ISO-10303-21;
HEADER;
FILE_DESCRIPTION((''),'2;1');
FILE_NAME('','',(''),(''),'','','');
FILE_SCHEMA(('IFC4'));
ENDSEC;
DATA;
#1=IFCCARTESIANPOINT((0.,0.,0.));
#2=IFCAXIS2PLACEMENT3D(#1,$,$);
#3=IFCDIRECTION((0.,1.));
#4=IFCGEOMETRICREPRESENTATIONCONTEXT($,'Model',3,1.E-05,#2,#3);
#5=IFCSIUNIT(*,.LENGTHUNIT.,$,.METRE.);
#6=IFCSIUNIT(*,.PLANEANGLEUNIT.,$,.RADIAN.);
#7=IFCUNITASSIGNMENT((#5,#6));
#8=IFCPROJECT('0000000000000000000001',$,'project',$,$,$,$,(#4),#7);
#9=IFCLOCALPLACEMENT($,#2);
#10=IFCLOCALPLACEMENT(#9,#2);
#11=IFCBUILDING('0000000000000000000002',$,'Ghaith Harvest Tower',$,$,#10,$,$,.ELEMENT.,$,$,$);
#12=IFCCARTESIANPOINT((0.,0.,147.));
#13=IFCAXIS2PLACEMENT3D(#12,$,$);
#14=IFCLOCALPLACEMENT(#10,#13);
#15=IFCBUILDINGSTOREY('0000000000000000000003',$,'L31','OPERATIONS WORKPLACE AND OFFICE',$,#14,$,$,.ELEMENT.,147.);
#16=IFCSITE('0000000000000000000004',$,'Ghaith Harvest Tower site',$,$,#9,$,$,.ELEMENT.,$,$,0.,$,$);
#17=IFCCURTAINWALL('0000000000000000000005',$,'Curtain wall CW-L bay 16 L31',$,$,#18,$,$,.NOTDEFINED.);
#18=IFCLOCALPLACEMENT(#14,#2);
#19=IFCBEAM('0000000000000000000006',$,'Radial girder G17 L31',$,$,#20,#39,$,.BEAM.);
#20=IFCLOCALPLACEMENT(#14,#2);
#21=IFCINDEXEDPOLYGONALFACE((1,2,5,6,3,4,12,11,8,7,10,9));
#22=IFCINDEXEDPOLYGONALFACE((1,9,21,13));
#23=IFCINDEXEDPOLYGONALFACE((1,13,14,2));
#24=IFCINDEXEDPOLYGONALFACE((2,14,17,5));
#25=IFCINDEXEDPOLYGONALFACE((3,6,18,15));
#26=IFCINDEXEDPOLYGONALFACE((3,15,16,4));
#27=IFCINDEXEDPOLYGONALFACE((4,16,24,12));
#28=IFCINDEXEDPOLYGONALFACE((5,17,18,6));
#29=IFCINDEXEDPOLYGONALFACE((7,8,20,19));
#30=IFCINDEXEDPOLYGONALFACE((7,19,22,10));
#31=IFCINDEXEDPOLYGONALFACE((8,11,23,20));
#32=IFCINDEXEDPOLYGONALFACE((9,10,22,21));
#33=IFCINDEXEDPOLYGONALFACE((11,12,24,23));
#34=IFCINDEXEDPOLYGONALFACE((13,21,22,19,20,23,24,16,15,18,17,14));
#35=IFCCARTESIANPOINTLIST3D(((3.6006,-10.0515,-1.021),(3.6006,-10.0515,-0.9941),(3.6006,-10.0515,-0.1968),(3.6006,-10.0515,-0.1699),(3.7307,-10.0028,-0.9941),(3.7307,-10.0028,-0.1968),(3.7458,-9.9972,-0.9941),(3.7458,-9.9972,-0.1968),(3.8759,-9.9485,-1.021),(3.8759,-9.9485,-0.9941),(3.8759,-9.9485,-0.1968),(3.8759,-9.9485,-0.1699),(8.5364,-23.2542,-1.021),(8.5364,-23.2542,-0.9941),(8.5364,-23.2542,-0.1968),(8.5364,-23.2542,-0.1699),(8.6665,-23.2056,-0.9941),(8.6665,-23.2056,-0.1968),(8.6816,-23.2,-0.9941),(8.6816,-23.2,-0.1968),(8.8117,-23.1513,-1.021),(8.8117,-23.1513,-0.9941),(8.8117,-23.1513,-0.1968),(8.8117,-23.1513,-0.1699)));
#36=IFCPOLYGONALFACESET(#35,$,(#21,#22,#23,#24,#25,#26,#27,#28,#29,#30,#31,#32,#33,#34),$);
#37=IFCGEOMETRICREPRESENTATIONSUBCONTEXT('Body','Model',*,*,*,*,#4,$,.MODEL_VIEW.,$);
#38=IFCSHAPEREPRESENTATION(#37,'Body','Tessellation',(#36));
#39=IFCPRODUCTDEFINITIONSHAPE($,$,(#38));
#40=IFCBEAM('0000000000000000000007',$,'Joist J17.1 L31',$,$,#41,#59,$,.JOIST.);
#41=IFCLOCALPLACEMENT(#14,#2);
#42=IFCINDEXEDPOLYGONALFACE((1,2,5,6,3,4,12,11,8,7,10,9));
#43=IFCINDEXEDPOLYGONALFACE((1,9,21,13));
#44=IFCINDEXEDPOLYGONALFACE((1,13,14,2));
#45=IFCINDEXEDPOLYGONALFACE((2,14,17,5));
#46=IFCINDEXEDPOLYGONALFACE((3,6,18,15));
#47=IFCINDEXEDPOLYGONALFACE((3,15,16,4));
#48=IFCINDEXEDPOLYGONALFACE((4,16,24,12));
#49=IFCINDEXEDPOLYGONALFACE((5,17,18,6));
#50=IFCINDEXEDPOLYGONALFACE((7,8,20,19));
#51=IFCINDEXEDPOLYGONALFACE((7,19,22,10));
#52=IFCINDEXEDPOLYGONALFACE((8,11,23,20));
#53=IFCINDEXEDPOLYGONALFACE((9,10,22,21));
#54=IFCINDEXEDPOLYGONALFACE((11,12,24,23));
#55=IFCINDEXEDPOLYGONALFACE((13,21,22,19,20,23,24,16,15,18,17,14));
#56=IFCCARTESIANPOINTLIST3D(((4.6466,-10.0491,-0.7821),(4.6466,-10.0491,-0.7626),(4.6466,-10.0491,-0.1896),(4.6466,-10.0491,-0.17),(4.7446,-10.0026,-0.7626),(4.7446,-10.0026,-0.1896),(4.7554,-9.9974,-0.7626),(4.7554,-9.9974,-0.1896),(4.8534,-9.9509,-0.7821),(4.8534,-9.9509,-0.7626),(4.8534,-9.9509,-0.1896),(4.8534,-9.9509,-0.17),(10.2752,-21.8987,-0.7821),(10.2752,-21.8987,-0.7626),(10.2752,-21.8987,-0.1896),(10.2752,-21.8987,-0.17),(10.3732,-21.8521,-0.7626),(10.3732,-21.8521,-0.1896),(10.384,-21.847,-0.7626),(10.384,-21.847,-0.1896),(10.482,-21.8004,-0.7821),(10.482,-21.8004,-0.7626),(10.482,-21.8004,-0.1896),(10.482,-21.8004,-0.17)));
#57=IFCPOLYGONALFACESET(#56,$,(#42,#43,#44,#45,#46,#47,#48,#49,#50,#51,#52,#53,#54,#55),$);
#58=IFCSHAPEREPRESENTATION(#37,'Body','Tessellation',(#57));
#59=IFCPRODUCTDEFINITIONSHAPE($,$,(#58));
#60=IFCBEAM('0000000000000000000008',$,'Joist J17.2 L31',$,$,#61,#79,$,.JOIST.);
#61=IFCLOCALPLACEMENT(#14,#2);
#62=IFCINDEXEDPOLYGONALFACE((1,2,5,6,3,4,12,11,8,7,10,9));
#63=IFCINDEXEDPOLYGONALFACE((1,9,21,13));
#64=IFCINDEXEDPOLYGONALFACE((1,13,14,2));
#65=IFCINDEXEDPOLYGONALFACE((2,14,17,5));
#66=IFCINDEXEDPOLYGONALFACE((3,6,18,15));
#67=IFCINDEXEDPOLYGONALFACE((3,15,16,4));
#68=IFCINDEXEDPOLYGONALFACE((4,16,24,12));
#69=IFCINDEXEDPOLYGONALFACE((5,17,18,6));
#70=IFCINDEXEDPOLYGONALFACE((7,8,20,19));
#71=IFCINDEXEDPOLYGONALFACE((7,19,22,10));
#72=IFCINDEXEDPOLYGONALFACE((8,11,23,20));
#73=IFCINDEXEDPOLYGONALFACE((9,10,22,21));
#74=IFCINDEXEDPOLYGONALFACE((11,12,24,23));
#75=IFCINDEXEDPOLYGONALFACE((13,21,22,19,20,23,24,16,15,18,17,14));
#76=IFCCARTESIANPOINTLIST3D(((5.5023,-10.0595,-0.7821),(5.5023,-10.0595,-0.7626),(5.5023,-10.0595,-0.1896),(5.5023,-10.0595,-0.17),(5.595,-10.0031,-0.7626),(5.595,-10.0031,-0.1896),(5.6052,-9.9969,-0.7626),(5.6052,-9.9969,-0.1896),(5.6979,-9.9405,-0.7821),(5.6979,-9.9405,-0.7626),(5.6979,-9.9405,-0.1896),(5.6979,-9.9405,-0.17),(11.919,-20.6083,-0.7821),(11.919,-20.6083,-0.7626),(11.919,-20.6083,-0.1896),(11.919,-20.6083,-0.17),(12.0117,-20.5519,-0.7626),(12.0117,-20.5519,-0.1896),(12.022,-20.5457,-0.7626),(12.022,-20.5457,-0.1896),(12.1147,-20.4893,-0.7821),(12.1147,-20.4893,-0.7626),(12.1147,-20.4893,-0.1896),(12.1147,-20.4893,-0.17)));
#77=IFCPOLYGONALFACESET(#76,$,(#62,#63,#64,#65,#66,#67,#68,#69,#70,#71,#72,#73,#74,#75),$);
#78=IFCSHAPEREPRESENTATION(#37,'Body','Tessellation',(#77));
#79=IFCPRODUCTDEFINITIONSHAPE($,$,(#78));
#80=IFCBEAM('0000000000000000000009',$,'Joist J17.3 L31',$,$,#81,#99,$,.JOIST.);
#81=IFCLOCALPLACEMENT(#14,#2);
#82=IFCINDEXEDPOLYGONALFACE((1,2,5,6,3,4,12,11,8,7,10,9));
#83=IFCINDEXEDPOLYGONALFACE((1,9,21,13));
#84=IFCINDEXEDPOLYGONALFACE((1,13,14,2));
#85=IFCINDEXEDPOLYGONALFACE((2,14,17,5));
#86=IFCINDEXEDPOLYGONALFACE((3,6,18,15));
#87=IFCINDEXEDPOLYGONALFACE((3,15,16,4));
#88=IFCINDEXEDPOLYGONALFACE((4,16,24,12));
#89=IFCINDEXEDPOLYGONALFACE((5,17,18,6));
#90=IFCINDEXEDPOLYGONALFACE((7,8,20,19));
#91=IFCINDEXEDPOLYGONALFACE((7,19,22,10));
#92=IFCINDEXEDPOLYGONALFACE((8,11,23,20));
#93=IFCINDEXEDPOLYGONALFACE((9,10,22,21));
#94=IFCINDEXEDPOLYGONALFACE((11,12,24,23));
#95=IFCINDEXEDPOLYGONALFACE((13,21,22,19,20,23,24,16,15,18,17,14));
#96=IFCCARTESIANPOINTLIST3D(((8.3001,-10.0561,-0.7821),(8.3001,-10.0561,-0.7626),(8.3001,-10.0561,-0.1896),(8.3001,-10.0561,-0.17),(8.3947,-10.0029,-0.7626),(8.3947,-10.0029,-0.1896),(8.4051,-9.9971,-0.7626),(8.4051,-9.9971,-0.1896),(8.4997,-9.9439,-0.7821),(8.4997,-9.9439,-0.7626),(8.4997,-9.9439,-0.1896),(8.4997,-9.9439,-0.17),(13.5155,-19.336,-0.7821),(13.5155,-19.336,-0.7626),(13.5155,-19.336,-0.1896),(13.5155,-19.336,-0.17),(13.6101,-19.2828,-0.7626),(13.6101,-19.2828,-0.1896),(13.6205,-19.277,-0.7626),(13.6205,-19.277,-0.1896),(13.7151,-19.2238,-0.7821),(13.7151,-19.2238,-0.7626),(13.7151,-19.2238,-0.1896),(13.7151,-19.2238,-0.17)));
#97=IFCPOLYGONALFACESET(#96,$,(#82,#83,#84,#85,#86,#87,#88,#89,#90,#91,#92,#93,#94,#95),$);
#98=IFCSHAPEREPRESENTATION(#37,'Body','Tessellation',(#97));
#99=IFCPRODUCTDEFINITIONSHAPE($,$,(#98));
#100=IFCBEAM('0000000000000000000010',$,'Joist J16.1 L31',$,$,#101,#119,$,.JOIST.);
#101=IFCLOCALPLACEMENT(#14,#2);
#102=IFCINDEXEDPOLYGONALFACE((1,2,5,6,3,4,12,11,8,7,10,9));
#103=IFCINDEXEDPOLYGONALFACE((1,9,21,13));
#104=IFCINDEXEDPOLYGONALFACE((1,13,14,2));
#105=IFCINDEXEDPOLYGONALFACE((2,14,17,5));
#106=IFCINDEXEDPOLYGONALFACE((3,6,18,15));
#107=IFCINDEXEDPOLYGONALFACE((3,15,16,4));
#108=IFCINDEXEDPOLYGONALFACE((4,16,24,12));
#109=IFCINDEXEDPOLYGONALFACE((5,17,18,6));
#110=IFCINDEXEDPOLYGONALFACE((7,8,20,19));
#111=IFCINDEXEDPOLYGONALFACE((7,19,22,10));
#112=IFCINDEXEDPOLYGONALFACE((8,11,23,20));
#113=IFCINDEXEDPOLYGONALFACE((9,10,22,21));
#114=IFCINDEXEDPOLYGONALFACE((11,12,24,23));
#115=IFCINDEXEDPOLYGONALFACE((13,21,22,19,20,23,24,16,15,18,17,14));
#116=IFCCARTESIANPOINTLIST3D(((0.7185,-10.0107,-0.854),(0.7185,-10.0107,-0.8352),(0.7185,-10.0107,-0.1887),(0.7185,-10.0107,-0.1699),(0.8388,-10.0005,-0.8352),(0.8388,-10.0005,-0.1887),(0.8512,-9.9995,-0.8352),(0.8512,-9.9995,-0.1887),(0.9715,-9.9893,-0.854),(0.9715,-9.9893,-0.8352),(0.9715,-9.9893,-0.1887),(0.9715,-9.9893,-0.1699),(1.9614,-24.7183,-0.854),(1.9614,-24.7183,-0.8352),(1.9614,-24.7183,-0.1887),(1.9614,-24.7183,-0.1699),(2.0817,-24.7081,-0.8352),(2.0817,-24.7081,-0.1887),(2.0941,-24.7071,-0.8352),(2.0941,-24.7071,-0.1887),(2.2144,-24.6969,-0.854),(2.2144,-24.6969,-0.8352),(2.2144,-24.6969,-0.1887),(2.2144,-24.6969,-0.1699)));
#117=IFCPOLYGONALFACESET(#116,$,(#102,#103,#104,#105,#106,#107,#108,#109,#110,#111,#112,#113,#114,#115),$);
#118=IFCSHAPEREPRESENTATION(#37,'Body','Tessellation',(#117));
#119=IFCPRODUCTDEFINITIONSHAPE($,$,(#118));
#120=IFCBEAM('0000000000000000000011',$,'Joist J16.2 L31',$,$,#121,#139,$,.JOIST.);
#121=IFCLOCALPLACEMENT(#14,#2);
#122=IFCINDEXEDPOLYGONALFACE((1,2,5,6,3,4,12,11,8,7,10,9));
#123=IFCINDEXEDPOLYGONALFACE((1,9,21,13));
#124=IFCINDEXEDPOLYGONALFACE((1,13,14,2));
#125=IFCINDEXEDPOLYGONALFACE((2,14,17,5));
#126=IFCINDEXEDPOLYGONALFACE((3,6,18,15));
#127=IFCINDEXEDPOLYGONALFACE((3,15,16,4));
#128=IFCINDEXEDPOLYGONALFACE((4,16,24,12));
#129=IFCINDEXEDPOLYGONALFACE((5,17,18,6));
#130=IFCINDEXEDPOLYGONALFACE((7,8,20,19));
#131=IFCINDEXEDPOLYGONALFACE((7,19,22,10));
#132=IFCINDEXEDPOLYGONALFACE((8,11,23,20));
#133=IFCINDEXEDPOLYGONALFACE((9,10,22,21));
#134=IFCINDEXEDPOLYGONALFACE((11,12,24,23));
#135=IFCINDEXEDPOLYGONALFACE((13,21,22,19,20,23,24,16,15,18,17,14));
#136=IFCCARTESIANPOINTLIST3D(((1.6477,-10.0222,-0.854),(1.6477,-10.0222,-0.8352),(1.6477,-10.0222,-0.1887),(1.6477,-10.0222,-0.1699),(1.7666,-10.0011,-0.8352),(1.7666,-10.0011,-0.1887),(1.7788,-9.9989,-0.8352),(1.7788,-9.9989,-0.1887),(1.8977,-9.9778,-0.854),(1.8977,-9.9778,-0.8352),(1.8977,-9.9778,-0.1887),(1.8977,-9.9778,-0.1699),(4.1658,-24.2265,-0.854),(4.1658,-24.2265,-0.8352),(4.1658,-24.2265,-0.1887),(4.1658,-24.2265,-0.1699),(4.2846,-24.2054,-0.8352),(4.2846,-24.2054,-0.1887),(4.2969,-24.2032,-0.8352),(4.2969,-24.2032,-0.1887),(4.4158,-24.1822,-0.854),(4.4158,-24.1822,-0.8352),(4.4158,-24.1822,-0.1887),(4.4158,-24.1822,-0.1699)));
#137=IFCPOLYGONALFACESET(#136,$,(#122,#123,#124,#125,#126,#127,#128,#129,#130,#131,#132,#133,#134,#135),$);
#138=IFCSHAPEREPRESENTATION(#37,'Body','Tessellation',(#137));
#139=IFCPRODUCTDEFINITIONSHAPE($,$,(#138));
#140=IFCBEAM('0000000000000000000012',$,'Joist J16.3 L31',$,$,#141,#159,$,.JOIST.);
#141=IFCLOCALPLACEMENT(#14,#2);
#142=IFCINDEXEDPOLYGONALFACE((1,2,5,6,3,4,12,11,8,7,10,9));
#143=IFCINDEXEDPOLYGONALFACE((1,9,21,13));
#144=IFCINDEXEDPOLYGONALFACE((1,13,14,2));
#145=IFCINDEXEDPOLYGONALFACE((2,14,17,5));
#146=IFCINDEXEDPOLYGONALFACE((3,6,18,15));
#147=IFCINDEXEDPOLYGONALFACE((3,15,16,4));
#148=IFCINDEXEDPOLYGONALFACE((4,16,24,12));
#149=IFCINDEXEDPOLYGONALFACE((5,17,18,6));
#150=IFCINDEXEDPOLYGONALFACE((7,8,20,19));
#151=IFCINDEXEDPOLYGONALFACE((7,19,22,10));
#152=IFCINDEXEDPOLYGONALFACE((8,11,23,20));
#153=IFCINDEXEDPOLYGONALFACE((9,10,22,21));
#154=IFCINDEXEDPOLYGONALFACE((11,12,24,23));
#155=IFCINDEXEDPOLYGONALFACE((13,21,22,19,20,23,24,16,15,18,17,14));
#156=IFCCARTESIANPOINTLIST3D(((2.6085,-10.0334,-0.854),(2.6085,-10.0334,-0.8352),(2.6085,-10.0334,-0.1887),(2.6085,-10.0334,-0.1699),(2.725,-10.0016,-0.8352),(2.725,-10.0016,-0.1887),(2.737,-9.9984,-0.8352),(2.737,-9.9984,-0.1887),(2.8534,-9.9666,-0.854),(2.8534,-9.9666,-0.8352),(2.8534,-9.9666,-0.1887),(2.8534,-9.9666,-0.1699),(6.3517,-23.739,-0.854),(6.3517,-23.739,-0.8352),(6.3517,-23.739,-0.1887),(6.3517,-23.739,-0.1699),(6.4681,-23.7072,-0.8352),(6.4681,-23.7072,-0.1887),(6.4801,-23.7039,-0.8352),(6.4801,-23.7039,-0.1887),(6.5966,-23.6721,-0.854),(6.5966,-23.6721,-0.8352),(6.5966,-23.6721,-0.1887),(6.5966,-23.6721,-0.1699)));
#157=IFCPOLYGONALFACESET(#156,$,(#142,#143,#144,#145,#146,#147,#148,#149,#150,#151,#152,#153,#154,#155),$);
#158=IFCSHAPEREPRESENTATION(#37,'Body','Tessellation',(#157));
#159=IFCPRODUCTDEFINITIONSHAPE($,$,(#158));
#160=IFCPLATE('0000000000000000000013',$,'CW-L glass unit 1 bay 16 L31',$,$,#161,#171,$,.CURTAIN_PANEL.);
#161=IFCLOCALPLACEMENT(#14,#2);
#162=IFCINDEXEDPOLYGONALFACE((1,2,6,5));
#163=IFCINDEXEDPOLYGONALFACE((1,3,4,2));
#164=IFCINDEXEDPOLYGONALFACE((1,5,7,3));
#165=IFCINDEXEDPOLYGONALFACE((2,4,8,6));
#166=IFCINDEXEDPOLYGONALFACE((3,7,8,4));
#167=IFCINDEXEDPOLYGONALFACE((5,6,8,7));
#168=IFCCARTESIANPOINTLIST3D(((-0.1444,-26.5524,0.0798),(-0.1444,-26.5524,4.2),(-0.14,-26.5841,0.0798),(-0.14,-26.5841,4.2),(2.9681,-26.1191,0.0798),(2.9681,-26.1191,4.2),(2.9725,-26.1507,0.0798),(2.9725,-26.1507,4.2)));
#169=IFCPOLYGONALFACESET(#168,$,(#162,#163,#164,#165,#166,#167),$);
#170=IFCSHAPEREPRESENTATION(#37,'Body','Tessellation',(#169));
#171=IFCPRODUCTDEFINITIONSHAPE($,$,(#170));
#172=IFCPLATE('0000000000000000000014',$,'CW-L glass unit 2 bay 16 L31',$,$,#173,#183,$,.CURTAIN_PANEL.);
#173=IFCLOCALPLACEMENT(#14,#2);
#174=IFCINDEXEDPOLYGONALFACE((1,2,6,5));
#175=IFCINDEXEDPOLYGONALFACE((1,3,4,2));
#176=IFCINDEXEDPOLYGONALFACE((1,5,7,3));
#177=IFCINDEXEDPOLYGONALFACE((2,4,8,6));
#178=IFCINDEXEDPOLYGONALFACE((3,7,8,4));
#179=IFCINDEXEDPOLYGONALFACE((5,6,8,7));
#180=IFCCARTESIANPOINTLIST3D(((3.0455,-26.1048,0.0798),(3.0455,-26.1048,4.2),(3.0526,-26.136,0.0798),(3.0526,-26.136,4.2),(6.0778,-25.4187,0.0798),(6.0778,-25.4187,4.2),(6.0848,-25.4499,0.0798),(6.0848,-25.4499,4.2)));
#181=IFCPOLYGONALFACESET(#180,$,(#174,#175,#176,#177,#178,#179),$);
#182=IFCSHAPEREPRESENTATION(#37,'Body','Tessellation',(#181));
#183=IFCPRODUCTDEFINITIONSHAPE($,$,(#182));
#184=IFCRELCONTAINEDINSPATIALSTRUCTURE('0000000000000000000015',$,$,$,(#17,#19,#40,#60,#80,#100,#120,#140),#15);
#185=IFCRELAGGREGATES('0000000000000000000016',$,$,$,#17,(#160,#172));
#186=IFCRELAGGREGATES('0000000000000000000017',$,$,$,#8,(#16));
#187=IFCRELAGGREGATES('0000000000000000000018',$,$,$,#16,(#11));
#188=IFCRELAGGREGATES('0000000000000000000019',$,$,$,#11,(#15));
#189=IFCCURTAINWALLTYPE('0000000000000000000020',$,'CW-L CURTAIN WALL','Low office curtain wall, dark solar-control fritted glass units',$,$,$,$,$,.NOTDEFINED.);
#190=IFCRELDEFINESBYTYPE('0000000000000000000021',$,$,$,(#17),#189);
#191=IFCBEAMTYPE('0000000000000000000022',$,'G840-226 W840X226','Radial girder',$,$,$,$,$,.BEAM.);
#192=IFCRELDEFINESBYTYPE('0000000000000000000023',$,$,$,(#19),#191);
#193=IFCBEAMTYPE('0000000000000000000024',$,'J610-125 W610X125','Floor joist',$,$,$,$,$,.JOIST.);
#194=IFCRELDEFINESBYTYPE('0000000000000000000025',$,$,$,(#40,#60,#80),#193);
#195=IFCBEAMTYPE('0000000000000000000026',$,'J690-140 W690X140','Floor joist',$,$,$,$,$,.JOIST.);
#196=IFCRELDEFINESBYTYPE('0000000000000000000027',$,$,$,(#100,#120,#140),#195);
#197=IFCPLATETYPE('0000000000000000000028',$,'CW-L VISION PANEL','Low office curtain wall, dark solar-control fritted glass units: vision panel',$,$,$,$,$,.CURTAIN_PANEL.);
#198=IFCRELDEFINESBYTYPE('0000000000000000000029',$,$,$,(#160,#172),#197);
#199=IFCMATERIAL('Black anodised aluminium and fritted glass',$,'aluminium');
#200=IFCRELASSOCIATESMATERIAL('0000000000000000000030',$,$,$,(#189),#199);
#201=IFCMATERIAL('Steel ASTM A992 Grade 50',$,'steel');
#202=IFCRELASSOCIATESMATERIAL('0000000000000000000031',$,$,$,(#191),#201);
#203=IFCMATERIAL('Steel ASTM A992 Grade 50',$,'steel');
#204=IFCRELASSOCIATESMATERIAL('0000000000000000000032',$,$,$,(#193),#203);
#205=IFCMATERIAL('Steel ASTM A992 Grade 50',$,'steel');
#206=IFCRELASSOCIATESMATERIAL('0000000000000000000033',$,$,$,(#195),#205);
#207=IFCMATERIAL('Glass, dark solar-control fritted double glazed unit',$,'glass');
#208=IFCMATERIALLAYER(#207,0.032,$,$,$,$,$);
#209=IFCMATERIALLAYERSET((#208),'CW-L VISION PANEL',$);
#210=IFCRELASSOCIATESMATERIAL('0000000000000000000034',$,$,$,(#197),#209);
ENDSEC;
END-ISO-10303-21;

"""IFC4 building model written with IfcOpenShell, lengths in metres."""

from ifc_helpers import new_model, si_unit, direction, frame, origin, origin_2d, place, context, subcontext, project, spatial, rectangle, i_section, extrude, material, layer, layer_set, material_profile, profile_set, type_object, element, aggregate, save


model = new_model("IFC4")

# Units and contexts
model_context = context("Model", 3, precision=1e-05, world=origin(), true_north=direction((0.0, 1.0)))
body_context = subcontext(model_context, "Body", "Model", "MODEL_VIEW")
ifc_project = project(units=[si_unit("LENGTHUNIT", "METRE"), si_unit("PLANEANGLEUNIT", "RADIAN")], contexts=[model_context])

# Site, building, storey
site_placement = place(None, origin())
site = spatial("IfcSite", under=ifc_project, at=site_placement, Name="Ghaith Harvest Tower site", CompositionType="ELEMENT", RefElevation=0.0)
building_placement = place(site_placement, origin())
building = spatial("IfcBuilding", under=site, at=building_placement, Name="Ghaith Harvest Tower", CompositionType="ELEMENT")
storey_placement = place(building_placement, frame((0.0, 0.0, 147.0)))
storey = spatial("IfcBuildingStorey", under=building, at=storey_placement, Name="L31", Description="OPERATIONS WORKPLACE AND OFFICE", CompositionType="ELEMENT", Elevation=147.0)

# Curtain wall
ifc_material_1 = material(Name="Black anodised aluminium and fritted glass", Category="aluminium")
curtain_wall_type = type_object("IfcCurtainWallType", Name="CW-L CURTAIN WALL", Description="Low office curtain wall, dark solar-control fritted glass units", PredefinedType="NOTDEFINED", material=ifc_material_1)
curtain_wall_1_placement = place(storey_placement, origin())
curtain_wall_1 = element("IfcCurtainWall", 1, at=curtain_wall_1_placement, inside=storey, type_object=curtain_wall_type, Name="Curtain wall CW-L bay 16 L31", PredefinedType="NOTDEFINED")

# Beams
ifc_material_2 = material(Name="Steel ASTM A992 Grade 50", Category="steel")
ifc_material_profile_1 = material_profile(ifc_material_2, i_section(OverallWidth=0.2939, OverallDepth=0.8511, WebThickness=0.0161, FlangeThickness=0.0269, at=origin_2d()), Name="W840X226")
ifc_profile_set_1 = profile_set([ifc_material_profile_1], Name="Steel ASTM A992 Grade 50")
beam_type_1 = type_object("IfcBeamType", Name="G840-226 W840X226", Description="Radial girder", PredefinedType="BEAM", material=ifc_profile_set_1)
beam_1_placement = place(storey_placement, frame((3.7383, -10.0, -0.5955), z_axis=(0.350172, -0.936685, 0.0), x_axis=(0.936685, 0.350172, 0.0)))
element("IfcBeam", 2, at=beam_1_placement, inside=storey, type_object=beam_type_1, Name="Radial girder G17 L31", PredefinedType="BEAM", context=body_context, shape_type="SweptSolid", body=[
    extrude(i_section(OverallWidth=0.2939, OverallDepth=0.8511, WebThickness=0.0161, FlangeThickness=0.0269, at=origin_2d()), origin(), (0.0, 0.0, 1.0), 14.0952),
])
ifc_material_3 = material(Name="Steel ASTM A992 Grade 50", Category="steel")
ifc_material_profile_2 = material_profile(ifc_material_3, i_section(OverallWidth=0.229, OverallDepth=0.6121, WebThickness=0.012, FlangeThickness=0.0195, at=origin_2d()), Name="W610X125")
ifc_profile_set_2 = profile_set([ifc_material_profile_2], Name="Steel ASTM A992 Grade 50")
beam_type_2 = type_object("IfcBeamType", Name="J610-125 W610X125", Description="Floor joist", PredefinedType="JOIST", material=ifc_profile_set_2)
beam_2_placement = place(storey_placement, frame((4.75, -10.0, -0.4761), z_axis=(0.429063, -0.903275, 0.0), x_axis=(0.903275, 0.429063, 0.0)))
element("IfcBeam", 3, at=beam_2_placement, inside=storey, type_object=beam_type_2, Name="Joist J17.1 L31", PredefinedType="JOIST", context=body_context, shape_type="SweptSolid", body=[
    extrude(i_section(OverallWidth=0.229, OverallDepth=0.6121, WebThickness=0.012, FlangeThickness=0.0195, at=origin_2d()), origin(), (0.0, 0.0, 1.0), 13.1184),
])
beam_3_placement = place(storey_placement, frame((5.6001, -10.0, -0.4761), z_axis=(0.519694, -0.854352, 0.0), x_axis=(0.854352, 0.519694, 0.0)))
element("IfcBeam", 4, at=beam_3_placement, inside=storey, type_object=beam_type_2, Name="Joist J17.2 L31", PredefinedType="JOIST", context=body_context, shape_type="SweptSolid", body=[
    extrude(i_section(OverallWidth=0.229, OverallDepth=0.6121, WebThickness=0.012, FlangeThickness=0.0195, at=origin_2d()), origin(), (0.0, 0.0, 1.0), 12.3472),
])
beam_4_placement = place(storey_placement, frame((8.3999, -10.0, -0.4761), z_axis=(0.489937, -0.871758, 0.0), x_axis=(0.871758, 0.489937, 0.0)))
element("IfcBeam", 5, at=beam_4_placement, inside=storey, type_object=beam_type_2, Name="Joist J17.3 L31", PredefinedType="JOIST", context=body_context, shape_type="SweptSolid", body=[
    extrude(i_section(OverallWidth=0.229, OverallDepth=0.6121, WebThickness=0.012, FlangeThickness=0.0195, at=origin_2d()), origin(), (0.0, 0.0, 1.0), 10.645),
])
ifc_material_4 = material(Name="Steel ASTM A992 Grade 50", Category="steel")
ifc_material_profile_3 = material_profile(ifc_material_4, i_section(OverallWidth=0.2539, OverallDepth=0.6841, WebThickness=0.0125, FlangeThickness=0.0188, at=origin_2d()), Name="W690X140")
ifc_profile_set_3 = profile_set([ifc_material_profile_3], Name="Steel ASTM A992 Grade 50")
beam_type_3 = type_object("IfcBeamType", Name="J690-140 W690X140", Description="Floor joist", PredefinedType="JOIST", material=ifc_profile_set_3)
beam_5_placement = place(storey_placement, frame((0.845, -10.0, -0.512), z_axis=(0.084209, -0.996448, 0.0), x_axis=(0.996448, 0.084209, 0.0)))
element("IfcBeam", 6, at=beam_5_placement, inside=storey, type_object=beam_type_3, Name="Joist J16.1 L31", PredefinedType="JOIST", context=body_context, shape_type="SweptSolid", body=[
    extrude(i_section(OverallWidth=0.2539, OverallDepth=0.6841, WebThickness=0.0125, FlangeThickness=0.0188, at=origin_2d()), origin(), (0.0, 0.0, 1.0), 14.76),
])
beam_6_placement = place(storey_placement, frame((1.7727, -10.0, -0.512), z_axis=(0.174553, -0.984648, 0.0), x_axis=(0.984648, 0.174553, 0.0)))
element("IfcBeam", 7, at=beam_6_placement, inside=storey, type_object=beam_type_3, Name="Joist J16.2 L31", PredefinedType="JOIST", context=body_context, shape_type="SweptSolid", body=[
    extrude(i_section(OverallWidth=0.2539, OverallDepth=0.6841, WebThickness=0.0125, FlangeThickness=0.0188, at=origin_2d()), origin(), (0.0, 0.0, 1.0), 14.4258),
])
beam_7_placement = place(storey_placement, frame((2.731, -10.0, -0.512), z_axis=(0.263463, -0.964669, 0.0), x_axis=(0.964669, 0.263463, 0.0)))
element("IfcBeam", 8, at=beam_7_placement, inside=storey, type_object=beam_type_3, Name="Joist J16.3 L31", PredefinedType="JOIST", context=body_context, shape_type="SweptSolid", body=[
    extrude(i_section(OverallWidth=0.2539, OverallDepth=0.6841, WebThickness=0.0125, FlangeThickness=0.0188, at=origin_2d()), origin(), (0.0, 0.0, 1.0), 14.2075),
])

# Plates
ifc_material_5 = material(Name="Glass, dark solar-control fritted double glazed unit", Category="glass")
ifc_layer_1 = layer(ifc_material_5, 0.032)
ifc_layer_set_1 = layer_set([ifc_layer_1], Name="CW-L VISION PANEL")
plate_type = type_object("IfcPlateType", Name="CW-L VISION PANEL", Description="Low office curtain wall, dark solar-control fritted glass units: vision panel", PredefinedType="CURTAIN_PANEL", material=ifc_layer_set_1)
plate_1_placement = place(storey_placement, frame((1.4141, -26.3516, 0.0798), z_axis=(0.0, 0.0, 1.0), x_axis=(0.990448, 0.137886, 0.0)))
plate_1 = element("IfcPlate", 9, at=plate_1_placement, type_object=plate_type, Name="CW-L glass unit 1 bay 16 L31", PredefinedType="CURTAIN_PANEL", context=body_context, shape_type="SweptSolid", body=[
    extrude(rectangle(XDim=3.1426, YDim=0.032, at=origin_2d()), origin(), (0.0, 0.0, 1.0), 4.1201),
])
plate_2_placement = place(storey_placement, frame((4.5652, -25.7773, 0.0798), z_axis=(0.0, 0.0, 1.0), x_axis=(0.975342, 0.2207, 0.0)))
plate_2 = element("IfcPlate", 10, at=plate_2_placement, type_object=plate_type, Name="CW-L glass unit 2 bay 16 L31", PredefinedType="CURTAIN_PANEL", context=body_context, shape_type="SweptSolid", body=[
    extrude(rectangle(XDim=3.1089, YDim=0.032, at=origin_2d()), origin(), (0.0, 0.0, 1.0), 4.1201),
])
aggregate(curtain_wall_1, [plate_1, plate_2])

save(model, "model.ifc")
